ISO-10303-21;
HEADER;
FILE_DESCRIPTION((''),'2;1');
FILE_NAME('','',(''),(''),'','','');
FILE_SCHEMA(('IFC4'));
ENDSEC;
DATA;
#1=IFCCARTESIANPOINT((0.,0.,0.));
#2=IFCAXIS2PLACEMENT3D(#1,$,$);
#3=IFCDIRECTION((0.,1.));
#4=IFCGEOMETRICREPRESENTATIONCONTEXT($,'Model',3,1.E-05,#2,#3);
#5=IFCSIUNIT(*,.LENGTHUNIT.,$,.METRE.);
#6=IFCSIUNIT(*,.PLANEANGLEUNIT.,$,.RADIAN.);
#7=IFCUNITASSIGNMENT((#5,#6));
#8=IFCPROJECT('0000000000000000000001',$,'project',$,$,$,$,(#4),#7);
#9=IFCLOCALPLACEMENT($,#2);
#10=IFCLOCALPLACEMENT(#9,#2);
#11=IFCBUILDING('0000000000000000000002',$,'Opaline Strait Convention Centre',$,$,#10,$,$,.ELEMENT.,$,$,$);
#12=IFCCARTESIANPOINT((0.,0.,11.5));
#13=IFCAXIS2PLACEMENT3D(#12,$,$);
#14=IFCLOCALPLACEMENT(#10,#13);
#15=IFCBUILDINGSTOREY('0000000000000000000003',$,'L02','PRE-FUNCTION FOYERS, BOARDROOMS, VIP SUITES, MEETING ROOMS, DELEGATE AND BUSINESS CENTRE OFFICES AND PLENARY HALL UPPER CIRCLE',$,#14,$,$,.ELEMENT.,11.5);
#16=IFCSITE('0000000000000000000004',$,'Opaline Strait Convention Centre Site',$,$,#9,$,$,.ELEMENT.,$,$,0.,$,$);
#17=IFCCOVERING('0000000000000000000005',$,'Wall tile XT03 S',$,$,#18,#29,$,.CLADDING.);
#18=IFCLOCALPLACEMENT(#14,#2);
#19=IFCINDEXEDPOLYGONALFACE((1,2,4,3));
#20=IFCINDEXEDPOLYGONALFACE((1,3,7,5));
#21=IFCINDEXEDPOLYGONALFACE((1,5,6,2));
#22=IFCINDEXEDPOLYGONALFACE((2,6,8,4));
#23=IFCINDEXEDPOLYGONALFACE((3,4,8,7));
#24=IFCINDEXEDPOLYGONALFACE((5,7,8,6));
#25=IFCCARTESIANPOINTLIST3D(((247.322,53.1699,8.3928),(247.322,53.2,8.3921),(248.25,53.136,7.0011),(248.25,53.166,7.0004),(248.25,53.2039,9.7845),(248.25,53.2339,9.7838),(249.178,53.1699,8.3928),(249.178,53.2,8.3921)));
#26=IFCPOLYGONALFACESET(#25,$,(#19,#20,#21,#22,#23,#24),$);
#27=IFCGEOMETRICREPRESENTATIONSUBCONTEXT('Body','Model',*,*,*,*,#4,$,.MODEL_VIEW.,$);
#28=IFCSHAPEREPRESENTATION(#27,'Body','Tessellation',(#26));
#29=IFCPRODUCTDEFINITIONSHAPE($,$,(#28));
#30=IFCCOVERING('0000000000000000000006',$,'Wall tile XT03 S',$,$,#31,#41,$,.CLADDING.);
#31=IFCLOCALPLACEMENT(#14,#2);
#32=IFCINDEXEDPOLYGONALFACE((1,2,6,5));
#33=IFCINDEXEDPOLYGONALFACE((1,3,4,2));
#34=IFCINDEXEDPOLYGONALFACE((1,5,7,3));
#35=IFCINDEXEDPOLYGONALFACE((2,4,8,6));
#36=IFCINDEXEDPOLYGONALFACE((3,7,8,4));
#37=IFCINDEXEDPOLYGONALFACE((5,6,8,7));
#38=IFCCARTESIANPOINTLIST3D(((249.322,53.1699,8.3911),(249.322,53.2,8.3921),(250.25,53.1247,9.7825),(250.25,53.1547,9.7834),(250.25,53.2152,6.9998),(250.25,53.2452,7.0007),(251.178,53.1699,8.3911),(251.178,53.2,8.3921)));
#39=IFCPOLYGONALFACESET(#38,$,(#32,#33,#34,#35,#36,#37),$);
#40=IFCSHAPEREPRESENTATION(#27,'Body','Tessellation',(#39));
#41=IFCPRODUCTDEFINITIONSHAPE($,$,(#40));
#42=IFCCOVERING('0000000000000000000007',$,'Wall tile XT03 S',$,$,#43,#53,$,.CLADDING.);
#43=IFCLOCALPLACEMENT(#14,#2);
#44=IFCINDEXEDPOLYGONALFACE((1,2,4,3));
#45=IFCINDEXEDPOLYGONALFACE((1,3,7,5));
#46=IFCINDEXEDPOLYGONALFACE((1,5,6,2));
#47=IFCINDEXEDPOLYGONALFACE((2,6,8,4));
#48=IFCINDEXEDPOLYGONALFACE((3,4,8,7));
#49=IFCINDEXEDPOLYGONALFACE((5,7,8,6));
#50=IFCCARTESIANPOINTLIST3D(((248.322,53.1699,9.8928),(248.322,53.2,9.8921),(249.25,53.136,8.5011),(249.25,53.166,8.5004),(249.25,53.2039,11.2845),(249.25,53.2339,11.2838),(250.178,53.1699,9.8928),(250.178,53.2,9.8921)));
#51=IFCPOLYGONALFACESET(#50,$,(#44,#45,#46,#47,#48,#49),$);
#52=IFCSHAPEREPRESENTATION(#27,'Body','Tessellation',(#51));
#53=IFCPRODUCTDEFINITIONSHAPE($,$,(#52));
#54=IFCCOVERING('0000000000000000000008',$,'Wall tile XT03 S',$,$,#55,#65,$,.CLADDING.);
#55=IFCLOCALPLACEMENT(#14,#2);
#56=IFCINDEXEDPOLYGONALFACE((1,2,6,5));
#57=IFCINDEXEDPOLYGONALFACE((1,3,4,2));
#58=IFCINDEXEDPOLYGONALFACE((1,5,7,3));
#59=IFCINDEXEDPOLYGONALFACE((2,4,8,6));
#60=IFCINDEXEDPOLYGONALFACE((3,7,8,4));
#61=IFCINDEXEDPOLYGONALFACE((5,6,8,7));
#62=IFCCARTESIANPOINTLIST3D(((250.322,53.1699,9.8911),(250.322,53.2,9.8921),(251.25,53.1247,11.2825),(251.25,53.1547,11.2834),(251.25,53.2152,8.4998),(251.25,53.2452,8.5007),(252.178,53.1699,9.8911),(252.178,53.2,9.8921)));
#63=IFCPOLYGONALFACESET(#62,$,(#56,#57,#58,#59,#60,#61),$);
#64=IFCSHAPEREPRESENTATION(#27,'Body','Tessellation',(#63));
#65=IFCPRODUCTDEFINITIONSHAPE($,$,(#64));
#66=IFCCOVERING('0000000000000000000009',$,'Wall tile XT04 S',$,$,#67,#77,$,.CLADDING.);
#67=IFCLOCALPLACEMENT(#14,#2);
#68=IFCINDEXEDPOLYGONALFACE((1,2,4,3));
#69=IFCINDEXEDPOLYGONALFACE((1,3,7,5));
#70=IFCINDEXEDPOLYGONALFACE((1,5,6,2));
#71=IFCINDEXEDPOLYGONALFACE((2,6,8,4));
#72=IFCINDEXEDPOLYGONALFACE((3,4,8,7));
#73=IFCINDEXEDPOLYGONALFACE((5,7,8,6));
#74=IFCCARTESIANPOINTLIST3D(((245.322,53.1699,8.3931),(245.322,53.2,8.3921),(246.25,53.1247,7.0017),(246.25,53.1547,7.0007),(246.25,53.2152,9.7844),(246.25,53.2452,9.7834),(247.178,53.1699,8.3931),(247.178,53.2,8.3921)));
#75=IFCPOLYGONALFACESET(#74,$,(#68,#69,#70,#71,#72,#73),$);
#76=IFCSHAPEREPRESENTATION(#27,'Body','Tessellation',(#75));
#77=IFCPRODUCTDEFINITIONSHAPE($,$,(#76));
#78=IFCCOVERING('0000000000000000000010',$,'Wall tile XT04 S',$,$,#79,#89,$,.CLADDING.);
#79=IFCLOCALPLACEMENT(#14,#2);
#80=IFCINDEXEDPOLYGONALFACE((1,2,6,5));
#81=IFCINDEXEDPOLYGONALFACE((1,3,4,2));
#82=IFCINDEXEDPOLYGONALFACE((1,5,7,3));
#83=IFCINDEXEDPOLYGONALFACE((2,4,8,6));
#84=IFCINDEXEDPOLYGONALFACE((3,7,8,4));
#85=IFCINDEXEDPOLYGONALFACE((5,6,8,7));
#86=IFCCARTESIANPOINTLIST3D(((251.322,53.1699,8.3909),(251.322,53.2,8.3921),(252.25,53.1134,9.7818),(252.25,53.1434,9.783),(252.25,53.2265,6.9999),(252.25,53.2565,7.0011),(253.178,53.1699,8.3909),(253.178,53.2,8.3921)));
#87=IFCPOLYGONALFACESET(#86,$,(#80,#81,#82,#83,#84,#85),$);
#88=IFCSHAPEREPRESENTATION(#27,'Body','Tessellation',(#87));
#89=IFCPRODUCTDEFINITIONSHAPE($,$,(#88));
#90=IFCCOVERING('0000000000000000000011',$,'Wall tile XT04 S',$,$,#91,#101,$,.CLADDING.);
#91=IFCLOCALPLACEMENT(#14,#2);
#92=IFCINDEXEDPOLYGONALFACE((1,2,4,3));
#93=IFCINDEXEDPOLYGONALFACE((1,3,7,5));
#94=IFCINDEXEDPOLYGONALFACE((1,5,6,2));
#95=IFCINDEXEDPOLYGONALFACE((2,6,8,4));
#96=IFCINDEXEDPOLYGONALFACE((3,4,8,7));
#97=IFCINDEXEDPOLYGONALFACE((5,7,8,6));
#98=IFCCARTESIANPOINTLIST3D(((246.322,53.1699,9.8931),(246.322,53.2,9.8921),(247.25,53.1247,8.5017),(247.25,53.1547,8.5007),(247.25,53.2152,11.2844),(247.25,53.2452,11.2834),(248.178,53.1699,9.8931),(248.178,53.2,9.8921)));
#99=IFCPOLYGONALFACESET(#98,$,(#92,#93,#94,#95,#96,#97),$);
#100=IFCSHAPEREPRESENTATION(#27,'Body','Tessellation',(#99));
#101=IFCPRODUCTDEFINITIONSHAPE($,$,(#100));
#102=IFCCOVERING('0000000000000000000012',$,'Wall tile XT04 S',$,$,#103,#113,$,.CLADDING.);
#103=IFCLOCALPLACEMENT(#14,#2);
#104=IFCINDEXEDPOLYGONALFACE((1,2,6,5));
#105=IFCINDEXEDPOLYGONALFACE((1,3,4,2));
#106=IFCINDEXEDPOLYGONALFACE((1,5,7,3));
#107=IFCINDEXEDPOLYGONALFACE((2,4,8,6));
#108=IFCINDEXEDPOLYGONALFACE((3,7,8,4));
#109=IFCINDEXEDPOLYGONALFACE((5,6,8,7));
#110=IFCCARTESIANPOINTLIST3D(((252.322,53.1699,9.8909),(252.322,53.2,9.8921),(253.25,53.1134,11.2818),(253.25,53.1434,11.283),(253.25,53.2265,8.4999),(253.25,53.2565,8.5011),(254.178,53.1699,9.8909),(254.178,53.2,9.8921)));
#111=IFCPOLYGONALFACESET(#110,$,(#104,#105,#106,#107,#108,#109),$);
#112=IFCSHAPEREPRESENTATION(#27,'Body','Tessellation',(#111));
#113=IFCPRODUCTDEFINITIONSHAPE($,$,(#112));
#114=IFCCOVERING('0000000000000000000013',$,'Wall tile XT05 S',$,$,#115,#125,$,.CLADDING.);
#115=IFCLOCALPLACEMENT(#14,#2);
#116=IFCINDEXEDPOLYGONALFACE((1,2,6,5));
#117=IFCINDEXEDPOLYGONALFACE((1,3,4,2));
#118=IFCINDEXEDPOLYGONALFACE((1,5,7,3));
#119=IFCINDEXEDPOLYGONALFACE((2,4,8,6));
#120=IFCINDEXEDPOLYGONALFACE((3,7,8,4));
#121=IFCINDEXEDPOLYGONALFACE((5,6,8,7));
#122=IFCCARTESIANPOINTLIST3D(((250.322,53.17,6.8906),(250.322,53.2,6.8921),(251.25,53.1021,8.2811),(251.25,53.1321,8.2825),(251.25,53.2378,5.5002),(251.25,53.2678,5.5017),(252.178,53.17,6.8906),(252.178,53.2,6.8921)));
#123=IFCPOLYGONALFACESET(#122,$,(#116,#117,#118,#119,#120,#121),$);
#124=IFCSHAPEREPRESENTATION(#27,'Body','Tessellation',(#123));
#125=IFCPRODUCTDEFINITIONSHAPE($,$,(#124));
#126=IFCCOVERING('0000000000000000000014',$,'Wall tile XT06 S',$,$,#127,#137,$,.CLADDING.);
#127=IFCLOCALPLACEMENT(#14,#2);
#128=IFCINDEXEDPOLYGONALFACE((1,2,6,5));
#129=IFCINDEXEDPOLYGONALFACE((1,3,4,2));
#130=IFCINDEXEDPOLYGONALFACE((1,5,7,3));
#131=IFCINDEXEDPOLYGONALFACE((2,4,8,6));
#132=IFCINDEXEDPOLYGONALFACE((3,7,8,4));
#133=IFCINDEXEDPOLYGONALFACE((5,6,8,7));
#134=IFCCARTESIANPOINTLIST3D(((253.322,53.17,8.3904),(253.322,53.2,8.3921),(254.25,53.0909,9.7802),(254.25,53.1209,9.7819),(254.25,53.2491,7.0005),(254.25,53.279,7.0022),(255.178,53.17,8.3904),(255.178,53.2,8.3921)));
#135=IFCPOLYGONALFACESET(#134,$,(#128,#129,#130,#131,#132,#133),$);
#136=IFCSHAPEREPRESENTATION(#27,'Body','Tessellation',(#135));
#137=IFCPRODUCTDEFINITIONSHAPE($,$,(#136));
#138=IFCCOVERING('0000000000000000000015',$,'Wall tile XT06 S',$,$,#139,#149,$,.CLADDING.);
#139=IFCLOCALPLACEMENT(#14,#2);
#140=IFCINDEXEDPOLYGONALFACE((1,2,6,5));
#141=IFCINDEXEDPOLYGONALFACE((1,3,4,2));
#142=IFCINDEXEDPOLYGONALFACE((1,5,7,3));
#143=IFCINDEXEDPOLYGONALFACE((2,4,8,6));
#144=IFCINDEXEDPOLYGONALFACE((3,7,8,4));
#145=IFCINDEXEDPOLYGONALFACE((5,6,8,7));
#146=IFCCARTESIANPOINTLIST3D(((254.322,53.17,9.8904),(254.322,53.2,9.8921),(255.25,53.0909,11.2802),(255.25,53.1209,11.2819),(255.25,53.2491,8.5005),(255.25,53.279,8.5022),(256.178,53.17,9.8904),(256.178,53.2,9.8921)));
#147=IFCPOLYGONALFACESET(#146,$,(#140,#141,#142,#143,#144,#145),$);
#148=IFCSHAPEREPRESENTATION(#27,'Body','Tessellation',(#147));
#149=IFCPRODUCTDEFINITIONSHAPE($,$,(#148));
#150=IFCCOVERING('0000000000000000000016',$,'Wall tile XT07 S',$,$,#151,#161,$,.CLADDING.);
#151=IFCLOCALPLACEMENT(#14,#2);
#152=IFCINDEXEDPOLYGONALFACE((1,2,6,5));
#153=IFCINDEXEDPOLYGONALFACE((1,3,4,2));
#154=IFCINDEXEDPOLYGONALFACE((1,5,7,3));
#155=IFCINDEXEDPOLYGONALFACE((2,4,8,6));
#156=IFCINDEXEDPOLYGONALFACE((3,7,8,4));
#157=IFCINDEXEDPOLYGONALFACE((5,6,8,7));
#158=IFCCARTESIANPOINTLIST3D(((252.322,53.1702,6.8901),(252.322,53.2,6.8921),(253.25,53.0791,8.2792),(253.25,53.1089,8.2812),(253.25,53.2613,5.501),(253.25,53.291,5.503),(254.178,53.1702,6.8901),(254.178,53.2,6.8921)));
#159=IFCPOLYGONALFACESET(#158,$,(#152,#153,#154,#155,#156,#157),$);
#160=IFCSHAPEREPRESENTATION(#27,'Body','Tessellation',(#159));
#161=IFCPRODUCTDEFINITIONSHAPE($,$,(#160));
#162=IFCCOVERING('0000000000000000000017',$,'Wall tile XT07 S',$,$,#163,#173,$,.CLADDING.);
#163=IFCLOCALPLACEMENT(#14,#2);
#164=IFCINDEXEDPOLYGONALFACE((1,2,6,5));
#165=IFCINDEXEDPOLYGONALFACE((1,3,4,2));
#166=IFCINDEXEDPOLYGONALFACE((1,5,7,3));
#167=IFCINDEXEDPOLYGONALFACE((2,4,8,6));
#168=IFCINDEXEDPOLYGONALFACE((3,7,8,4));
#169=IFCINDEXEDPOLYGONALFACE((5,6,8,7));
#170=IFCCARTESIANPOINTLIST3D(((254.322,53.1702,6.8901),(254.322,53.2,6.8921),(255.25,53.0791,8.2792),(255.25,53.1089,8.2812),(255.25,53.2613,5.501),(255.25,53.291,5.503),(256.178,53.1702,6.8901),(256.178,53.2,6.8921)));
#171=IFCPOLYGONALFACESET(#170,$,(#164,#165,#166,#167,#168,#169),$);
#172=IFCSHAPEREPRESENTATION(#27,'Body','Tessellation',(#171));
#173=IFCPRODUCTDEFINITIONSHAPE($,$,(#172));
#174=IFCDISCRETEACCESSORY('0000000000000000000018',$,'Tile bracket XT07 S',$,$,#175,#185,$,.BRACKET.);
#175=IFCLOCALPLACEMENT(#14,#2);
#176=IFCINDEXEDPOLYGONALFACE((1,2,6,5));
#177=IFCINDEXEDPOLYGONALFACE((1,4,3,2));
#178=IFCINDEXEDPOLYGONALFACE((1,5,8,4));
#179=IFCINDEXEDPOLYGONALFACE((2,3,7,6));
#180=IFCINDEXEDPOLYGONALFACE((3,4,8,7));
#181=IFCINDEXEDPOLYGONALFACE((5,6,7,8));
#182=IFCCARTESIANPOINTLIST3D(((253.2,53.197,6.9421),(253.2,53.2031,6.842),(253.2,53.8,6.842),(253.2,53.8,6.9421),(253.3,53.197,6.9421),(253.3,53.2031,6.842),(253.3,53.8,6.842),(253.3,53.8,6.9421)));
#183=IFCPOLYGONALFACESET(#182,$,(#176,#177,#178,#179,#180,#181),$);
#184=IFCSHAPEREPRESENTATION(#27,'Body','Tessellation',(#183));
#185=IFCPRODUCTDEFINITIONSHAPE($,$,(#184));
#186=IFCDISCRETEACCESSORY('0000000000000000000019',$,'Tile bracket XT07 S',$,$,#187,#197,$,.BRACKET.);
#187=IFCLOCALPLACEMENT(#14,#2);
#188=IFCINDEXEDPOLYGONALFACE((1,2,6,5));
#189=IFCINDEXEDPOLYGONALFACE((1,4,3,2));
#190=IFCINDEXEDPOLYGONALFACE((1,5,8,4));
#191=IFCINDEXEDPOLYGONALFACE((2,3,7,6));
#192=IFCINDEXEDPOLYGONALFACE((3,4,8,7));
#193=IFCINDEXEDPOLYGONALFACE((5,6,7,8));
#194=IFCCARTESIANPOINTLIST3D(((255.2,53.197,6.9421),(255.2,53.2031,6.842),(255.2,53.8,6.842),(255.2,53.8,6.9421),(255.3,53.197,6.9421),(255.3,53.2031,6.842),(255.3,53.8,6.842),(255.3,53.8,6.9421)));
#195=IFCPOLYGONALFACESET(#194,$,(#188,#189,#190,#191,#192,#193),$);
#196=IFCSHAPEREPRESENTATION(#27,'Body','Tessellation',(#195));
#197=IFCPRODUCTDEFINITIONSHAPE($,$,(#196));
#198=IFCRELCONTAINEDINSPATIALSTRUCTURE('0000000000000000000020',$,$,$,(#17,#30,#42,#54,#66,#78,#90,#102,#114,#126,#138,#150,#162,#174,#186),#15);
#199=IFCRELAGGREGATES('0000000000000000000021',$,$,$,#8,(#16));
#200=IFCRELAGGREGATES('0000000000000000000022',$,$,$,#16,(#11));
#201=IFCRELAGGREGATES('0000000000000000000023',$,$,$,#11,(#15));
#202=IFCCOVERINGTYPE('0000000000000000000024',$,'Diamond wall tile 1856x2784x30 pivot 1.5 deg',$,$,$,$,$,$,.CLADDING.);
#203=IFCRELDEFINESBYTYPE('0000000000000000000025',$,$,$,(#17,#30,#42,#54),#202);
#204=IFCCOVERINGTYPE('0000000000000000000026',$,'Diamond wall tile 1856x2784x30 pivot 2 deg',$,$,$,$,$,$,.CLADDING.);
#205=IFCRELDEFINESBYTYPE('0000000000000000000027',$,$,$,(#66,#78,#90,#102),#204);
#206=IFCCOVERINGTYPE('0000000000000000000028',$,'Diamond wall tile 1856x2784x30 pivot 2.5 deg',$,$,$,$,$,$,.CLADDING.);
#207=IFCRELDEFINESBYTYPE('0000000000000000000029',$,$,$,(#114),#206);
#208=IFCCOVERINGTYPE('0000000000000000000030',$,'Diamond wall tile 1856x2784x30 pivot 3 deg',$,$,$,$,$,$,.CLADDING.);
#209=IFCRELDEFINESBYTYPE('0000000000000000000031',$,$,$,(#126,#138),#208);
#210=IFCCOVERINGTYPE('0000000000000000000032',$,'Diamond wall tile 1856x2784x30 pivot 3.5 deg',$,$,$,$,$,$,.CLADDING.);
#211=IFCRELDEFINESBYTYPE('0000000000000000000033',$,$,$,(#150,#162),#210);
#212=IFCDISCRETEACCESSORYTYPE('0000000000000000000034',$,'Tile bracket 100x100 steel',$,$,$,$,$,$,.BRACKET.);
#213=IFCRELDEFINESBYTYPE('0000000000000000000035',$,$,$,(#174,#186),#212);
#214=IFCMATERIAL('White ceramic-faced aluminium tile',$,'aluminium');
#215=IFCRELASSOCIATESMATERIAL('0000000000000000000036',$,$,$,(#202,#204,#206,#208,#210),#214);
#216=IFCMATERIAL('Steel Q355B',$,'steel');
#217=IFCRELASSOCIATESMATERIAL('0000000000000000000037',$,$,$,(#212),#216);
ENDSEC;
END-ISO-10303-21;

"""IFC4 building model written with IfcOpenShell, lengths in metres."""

from ifc_helpers import new_model, si_unit, direction, frame, origin, place, context, subcontext, project, spatial, polyline, outline, extrude, material, material_profile, profile_set, type_object, element, save


model = new_model("IFC4")

# Units and contexts
model_context = context("Model", 3, precision=1e-05, world=origin(), true_north=direction((0.0, 1.0)))
body_context = subcontext(model_context, "Body", "Model", "MODEL_VIEW")
ifc_project = project(units=[si_unit("LENGTHUNIT", "METRE"), si_unit("PLANEANGLEUNIT", "RADIAN")], contexts=[model_context])

# Site, building, storey
site_placement = place(None, origin())
site = spatial("IfcSite", under=ifc_project, at=site_placement, Name="Opaline Strait Convention Centre Site", CompositionType="ELEMENT", RefElevation=0.0)
building_placement = place(site_placement, origin())
building = spatial("IfcBuilding", under=site, at=building_placement, Name="Opaline Strait Convention Centre", CompositionType="ELEMENT")
storey_placement = place(building_placement, frame((0.0, 0.0, 11.5)))
storey = spatial("IfcBuildingStorey", under=building, at=storey_placement, Name="L02", Description="PRE-FUNCTION FOYERS, BOARDROOMS, VIP SUITES, MEETING ROOMS, DELEGATE AND BUSINESS CENTRE OFFICES AND PLENARY HALL UPPER CIRCLE", CompositionType="ELEMENT", Elevation=11.5)

# Coverings
ifc_material_1 = material(Name="White ceramic-faced aluminium tile", Category="aluminium")
ifc_material_profile_1 = material_profile(ifc_material_1, outline(polyline([(0.928, 0.0), (0.0, 1.3921), (-0.928, 0.0), (0.0, -1.3921), (0.928, 0.0)])), Name="Diamond tile 1856x2784")
ifc_profile_set_1 = profile_set([ifc_material_profile_1], Name="White ceramic-faced aluminium tile")
covering_type_1 = type_object("IfcCoveringType", Name="Diamond wall tile 1856x2784x30 pivot 1.5 deg", PredefinedType="CLADDING", material=ifc_profile_set_1)
for number, where, z_axis, x_axis, name in (
    (1, (248.25, 53.2, 8.3921), (0.0, -0.999703, 0.024383), (1.0, 0.0, 0.0), "Wall tile XT03 S"),
    (2, (250.25, 53.2, 8.3921), (0.0, -0.999472, -0.032503), (1.0, 0.0, 0.0), "Wall tile XT03 S"),
    (3, (249.25, 53.2, 9.8921), (0.0, -0.999703, 0.024383), (1.0, 0.0, 0.0), "Wall tile XT03 S"),
    (4, (251.25, 53.2, 9.8921), (0.0, -0.999472, -0.032503), (1.0, 0.0, 0.0), "Wall tile XT03 S"),
):
    element("IfcCovering", number, at=place(storey_placement, frame(where, z_axis=z_axis, x_axis=x_axis)), inside=storey, type_object=covering_type_1, Name=name, PredefinedType="CLADDING", context=body_context, shape_type="SweptSolid", body=[
        extrude(outline(polyline([(0.928, 0.0), (0.0, 1.3921), (-0.928, 0.0), (0.0, -1.3921), (0.928, 0.0)])), origin(), (0.0, 0.0, 1.0), 0.03),
    ])
ifc_material_profile_2 = material_profile(ifc_material_1, outline(polyline([(0.928, 0.0), (0.0, 1.3921), (-0.928, 0.0), (0.0, -1.3921), (0.928, 0.0)])), Name="Diamond tile 1856x2784")
ifc_profile_set_2 = profile_set([ifc_material_profile_2], Name="White ceramic-faced aluminium tile")
covering_type_2 = type_object("IfcCoveringType", Name="Diamond wall tile 1856x2784x30 pivot 2 deg", PredefinedType="CLADDING", material=ifc_profile_set_2)
for number, where, z_axis, x_axis, name in (
    (5, (246.25, 53.2, 8.3921), (0.0, -0.999472, 0.032503), (1.0, 0.0, 0.0), "Wall tile XT04 S"),
    (6, (252.25, 53.2, 8.3921), (0.0, -0.999175, -0.040617), (1.0, 0.0, 0.0), "Wall tile XT04 S"),
    (7, (247.25, 53.2, 9.8921), (0.0, -0.999472, 0.032503), (1.0, 0.0, 0.0), "Wall tile XT04 S"),
    (8, (253.25, 53.2, 9.8921), (0.0, -0.999175, -0.040617), (1.0, 0.0, 0.0), "Wall tile XT04 S"),
):
    element("IfcCovering", number, at=place(storey_placement, frame(where, z_axis=z_axis, x_axis=x_axis)), inside=storey, type_object=covering_type_2, Name=name, PredefinedType="CLADDING", context=body_context, shape_type="SweptSolid", body=[
        extrude(outline(polyline([(0.928, 0.0), (0.0, 1.3921), (-0.928, 0.0), (0.0, -1.3921), (0.928, 0.0)])), origin(), (0.0, 0.0, 1.0), 0.03),
    ])
ifc_material_profile_3 = material_profile(ifc_material_1, outline(polyline([(0.928, 0.0), (0.0, 1.3921), (-0.928, 0.0), (0.0, -1.3921), (0.928, 0.0)])), Name="Diamond tile 1856x2784")
ifc_profile_set_3 = profile_set([ifc_material_profile_3], Name="White ceramic-faced aluminium tile")
covering_type_3 = type_object("IfcCoveringType", Name="Diamond wall tile 1856x2784x30 pivot 2.5 deg", PredefinedType="CLADDING", material=ifc_profile_set_3)
covering_placement = place(storey_placement, frame((251.25, 53.2, 6.8921), z_axis=(0.0, -0.998812, -0.048723), x_axis=(1.0, 0.0, 0.0)))
element("IfcCovering", 9, at=covering_placement, inside=storey, type_object=covering_type_3, Name="Wall tile XT05 S", PredefinedType="CLADDING", context=body_context, shape_type="SweptSolid", body=[
    extrude(outline(polyline([(0.928, 0.0), (0.0, 1.3921), (-0.928, 0.0), (0.0, -1.3921), (0.928, 0.0)])), origin(), (0.0, 0.0, 1.0), 0.03),
])
ifc_material_profile_4 = material_profile(ifc_material_1, outline(polyline([(0.928, 0.0), (0.0, 1.3921), (-0.928, 0.0), (0.0, -1.3921), (0.928, 0.0)])), Name="Diamond tile 1856x2784")
ifc_profile_set_4 = profile_set([ifc_material_profile_4], Name="White ceramic-faced aluminium tile")
covering_type_4 = type_object("IfcCoveringType", Name="Diamond wall tile 1856x2784x30 pivot 3 deg", PredefinedType="CLADDING", material=ifc_profile_set_4)
for number, where, z_axis, x_axis, name in (
    (10, (254.25, 53.2, 8.3921), (0.0, -0.998385, -0.056819), (1.0, 0.0, 0.0), "Wall tile XT06 S"),
    (11, (255.25, 53.2, 9.8921), (0.0, -0.998385, -0.056819), (1.0, 0.0, 0.0), "Wall tile XT06 S"),
):
    element("IfcCovering", number, at=place(storey_placement, frame(where, z_axis=z_axis, x_axis=x_axis)), inside=storey, type_object=covering_type_4, Name=name, PredefinedType="CLADDING", context=body_context, shape_type="SweptSolid", body=[
        extrude(outline(polyline([(0.928, 0.0), (0.0, 1.3921), (-0.928, 0.0), (0.0, -1.3921), (0.928, 0.0)])), origin(), (0.0, 0.0, 1.0), 0.03),
    ])
ifc_material_profile_5 = material_profile(ifc_material_1, outline(polyline([(0.928, 0.0), (0.0, 1.3921), (-0.928, 0.0), (0.0, -1.3921), (0.928, 0.0)])), Name="Diamond tile 1856x2784")
ifc_profile_set_5 = profile_set([ifc_material_profile_5], Name="White ceramic-faced aluminium tile")
covering_type_5 = type_object("IfcCoveringType", Name="Diamond wall tile 1856x2784x30 pivot 3.5 deg", PredefinedType="CLADDING", material=ifc_profile_set_5)
for number, where, z_axis, x_axis, name in (
    (12, (253.25, 53.2, 6.8921), (0.0, -0.997857, -0.065433), (1.0, 0.0, 0.0), "Wall tile XT07 S"),
    (13, (255.25, 53.2, 6.8921), (0.0, -0.997857, -0.065433), (1.0, 0.0, 0.0), "Wall tile XT07 S"),
):
    element("IfcCovering", number, at=place(storey_placement, frame(where, z_axis=z_axis, x_axis=x_axis)), inside=storey, type_object=covering_type_5, Name=name, PredefinedType="CLADDING", context=body_context, shape_type="SweptSolid", body=[
        extrude(outline(polyline([(0.928, 0.0), (0.0, 1.3921), (-0.928, 0.0), (0.0, -1.3921), (0.928, 0.0)])), origin(), (0.0, 0.0, 1.0), 0.0298),
    ])

# Discrete accessories
ifc_material_2 = material(Name="Steel Q355B", Category="steel")
discrete_accessory_type = type_object("IfcDiscreteAccessoryType", Name="Tile bracket 100x100 steel", PredefinedType="BRACKET", material=ifc_material_2)
for number, where, z_axis, x_axis, name in (
    (14, (253.2, 53.8, 6.8921), (1.0, 0.0, 0.0), (0.0, 1.0, 0.0), "Tile bracket XT07 S"),
    (15, (255.2, 53.8, 6.8921), (1.0, 0.0, 0.0), (0.0, 1.0, 0.0), "Tile bracket XT07 S"),
):
    element("IfcDiscreteAccessory", number, at=place(storey_placement, frame(where, z_axis=z_axis, x_axis=x_axis)), inside=storey, type_object=discrete_accessory_type, Name=name, PredefinedType="BRACKET", context=body_context, shape_type="SweptSolid", body=[
        extrude(outline(polyline([(0.0, -0.05), (0.0, 0.05), (-0.603, 0.05), (-0.5969, -0.05), (0.0, -0.05)])), origin(), (0.0, 0.0, 1.0), 0.1001),
    ])

save(model, "model.ifc")
